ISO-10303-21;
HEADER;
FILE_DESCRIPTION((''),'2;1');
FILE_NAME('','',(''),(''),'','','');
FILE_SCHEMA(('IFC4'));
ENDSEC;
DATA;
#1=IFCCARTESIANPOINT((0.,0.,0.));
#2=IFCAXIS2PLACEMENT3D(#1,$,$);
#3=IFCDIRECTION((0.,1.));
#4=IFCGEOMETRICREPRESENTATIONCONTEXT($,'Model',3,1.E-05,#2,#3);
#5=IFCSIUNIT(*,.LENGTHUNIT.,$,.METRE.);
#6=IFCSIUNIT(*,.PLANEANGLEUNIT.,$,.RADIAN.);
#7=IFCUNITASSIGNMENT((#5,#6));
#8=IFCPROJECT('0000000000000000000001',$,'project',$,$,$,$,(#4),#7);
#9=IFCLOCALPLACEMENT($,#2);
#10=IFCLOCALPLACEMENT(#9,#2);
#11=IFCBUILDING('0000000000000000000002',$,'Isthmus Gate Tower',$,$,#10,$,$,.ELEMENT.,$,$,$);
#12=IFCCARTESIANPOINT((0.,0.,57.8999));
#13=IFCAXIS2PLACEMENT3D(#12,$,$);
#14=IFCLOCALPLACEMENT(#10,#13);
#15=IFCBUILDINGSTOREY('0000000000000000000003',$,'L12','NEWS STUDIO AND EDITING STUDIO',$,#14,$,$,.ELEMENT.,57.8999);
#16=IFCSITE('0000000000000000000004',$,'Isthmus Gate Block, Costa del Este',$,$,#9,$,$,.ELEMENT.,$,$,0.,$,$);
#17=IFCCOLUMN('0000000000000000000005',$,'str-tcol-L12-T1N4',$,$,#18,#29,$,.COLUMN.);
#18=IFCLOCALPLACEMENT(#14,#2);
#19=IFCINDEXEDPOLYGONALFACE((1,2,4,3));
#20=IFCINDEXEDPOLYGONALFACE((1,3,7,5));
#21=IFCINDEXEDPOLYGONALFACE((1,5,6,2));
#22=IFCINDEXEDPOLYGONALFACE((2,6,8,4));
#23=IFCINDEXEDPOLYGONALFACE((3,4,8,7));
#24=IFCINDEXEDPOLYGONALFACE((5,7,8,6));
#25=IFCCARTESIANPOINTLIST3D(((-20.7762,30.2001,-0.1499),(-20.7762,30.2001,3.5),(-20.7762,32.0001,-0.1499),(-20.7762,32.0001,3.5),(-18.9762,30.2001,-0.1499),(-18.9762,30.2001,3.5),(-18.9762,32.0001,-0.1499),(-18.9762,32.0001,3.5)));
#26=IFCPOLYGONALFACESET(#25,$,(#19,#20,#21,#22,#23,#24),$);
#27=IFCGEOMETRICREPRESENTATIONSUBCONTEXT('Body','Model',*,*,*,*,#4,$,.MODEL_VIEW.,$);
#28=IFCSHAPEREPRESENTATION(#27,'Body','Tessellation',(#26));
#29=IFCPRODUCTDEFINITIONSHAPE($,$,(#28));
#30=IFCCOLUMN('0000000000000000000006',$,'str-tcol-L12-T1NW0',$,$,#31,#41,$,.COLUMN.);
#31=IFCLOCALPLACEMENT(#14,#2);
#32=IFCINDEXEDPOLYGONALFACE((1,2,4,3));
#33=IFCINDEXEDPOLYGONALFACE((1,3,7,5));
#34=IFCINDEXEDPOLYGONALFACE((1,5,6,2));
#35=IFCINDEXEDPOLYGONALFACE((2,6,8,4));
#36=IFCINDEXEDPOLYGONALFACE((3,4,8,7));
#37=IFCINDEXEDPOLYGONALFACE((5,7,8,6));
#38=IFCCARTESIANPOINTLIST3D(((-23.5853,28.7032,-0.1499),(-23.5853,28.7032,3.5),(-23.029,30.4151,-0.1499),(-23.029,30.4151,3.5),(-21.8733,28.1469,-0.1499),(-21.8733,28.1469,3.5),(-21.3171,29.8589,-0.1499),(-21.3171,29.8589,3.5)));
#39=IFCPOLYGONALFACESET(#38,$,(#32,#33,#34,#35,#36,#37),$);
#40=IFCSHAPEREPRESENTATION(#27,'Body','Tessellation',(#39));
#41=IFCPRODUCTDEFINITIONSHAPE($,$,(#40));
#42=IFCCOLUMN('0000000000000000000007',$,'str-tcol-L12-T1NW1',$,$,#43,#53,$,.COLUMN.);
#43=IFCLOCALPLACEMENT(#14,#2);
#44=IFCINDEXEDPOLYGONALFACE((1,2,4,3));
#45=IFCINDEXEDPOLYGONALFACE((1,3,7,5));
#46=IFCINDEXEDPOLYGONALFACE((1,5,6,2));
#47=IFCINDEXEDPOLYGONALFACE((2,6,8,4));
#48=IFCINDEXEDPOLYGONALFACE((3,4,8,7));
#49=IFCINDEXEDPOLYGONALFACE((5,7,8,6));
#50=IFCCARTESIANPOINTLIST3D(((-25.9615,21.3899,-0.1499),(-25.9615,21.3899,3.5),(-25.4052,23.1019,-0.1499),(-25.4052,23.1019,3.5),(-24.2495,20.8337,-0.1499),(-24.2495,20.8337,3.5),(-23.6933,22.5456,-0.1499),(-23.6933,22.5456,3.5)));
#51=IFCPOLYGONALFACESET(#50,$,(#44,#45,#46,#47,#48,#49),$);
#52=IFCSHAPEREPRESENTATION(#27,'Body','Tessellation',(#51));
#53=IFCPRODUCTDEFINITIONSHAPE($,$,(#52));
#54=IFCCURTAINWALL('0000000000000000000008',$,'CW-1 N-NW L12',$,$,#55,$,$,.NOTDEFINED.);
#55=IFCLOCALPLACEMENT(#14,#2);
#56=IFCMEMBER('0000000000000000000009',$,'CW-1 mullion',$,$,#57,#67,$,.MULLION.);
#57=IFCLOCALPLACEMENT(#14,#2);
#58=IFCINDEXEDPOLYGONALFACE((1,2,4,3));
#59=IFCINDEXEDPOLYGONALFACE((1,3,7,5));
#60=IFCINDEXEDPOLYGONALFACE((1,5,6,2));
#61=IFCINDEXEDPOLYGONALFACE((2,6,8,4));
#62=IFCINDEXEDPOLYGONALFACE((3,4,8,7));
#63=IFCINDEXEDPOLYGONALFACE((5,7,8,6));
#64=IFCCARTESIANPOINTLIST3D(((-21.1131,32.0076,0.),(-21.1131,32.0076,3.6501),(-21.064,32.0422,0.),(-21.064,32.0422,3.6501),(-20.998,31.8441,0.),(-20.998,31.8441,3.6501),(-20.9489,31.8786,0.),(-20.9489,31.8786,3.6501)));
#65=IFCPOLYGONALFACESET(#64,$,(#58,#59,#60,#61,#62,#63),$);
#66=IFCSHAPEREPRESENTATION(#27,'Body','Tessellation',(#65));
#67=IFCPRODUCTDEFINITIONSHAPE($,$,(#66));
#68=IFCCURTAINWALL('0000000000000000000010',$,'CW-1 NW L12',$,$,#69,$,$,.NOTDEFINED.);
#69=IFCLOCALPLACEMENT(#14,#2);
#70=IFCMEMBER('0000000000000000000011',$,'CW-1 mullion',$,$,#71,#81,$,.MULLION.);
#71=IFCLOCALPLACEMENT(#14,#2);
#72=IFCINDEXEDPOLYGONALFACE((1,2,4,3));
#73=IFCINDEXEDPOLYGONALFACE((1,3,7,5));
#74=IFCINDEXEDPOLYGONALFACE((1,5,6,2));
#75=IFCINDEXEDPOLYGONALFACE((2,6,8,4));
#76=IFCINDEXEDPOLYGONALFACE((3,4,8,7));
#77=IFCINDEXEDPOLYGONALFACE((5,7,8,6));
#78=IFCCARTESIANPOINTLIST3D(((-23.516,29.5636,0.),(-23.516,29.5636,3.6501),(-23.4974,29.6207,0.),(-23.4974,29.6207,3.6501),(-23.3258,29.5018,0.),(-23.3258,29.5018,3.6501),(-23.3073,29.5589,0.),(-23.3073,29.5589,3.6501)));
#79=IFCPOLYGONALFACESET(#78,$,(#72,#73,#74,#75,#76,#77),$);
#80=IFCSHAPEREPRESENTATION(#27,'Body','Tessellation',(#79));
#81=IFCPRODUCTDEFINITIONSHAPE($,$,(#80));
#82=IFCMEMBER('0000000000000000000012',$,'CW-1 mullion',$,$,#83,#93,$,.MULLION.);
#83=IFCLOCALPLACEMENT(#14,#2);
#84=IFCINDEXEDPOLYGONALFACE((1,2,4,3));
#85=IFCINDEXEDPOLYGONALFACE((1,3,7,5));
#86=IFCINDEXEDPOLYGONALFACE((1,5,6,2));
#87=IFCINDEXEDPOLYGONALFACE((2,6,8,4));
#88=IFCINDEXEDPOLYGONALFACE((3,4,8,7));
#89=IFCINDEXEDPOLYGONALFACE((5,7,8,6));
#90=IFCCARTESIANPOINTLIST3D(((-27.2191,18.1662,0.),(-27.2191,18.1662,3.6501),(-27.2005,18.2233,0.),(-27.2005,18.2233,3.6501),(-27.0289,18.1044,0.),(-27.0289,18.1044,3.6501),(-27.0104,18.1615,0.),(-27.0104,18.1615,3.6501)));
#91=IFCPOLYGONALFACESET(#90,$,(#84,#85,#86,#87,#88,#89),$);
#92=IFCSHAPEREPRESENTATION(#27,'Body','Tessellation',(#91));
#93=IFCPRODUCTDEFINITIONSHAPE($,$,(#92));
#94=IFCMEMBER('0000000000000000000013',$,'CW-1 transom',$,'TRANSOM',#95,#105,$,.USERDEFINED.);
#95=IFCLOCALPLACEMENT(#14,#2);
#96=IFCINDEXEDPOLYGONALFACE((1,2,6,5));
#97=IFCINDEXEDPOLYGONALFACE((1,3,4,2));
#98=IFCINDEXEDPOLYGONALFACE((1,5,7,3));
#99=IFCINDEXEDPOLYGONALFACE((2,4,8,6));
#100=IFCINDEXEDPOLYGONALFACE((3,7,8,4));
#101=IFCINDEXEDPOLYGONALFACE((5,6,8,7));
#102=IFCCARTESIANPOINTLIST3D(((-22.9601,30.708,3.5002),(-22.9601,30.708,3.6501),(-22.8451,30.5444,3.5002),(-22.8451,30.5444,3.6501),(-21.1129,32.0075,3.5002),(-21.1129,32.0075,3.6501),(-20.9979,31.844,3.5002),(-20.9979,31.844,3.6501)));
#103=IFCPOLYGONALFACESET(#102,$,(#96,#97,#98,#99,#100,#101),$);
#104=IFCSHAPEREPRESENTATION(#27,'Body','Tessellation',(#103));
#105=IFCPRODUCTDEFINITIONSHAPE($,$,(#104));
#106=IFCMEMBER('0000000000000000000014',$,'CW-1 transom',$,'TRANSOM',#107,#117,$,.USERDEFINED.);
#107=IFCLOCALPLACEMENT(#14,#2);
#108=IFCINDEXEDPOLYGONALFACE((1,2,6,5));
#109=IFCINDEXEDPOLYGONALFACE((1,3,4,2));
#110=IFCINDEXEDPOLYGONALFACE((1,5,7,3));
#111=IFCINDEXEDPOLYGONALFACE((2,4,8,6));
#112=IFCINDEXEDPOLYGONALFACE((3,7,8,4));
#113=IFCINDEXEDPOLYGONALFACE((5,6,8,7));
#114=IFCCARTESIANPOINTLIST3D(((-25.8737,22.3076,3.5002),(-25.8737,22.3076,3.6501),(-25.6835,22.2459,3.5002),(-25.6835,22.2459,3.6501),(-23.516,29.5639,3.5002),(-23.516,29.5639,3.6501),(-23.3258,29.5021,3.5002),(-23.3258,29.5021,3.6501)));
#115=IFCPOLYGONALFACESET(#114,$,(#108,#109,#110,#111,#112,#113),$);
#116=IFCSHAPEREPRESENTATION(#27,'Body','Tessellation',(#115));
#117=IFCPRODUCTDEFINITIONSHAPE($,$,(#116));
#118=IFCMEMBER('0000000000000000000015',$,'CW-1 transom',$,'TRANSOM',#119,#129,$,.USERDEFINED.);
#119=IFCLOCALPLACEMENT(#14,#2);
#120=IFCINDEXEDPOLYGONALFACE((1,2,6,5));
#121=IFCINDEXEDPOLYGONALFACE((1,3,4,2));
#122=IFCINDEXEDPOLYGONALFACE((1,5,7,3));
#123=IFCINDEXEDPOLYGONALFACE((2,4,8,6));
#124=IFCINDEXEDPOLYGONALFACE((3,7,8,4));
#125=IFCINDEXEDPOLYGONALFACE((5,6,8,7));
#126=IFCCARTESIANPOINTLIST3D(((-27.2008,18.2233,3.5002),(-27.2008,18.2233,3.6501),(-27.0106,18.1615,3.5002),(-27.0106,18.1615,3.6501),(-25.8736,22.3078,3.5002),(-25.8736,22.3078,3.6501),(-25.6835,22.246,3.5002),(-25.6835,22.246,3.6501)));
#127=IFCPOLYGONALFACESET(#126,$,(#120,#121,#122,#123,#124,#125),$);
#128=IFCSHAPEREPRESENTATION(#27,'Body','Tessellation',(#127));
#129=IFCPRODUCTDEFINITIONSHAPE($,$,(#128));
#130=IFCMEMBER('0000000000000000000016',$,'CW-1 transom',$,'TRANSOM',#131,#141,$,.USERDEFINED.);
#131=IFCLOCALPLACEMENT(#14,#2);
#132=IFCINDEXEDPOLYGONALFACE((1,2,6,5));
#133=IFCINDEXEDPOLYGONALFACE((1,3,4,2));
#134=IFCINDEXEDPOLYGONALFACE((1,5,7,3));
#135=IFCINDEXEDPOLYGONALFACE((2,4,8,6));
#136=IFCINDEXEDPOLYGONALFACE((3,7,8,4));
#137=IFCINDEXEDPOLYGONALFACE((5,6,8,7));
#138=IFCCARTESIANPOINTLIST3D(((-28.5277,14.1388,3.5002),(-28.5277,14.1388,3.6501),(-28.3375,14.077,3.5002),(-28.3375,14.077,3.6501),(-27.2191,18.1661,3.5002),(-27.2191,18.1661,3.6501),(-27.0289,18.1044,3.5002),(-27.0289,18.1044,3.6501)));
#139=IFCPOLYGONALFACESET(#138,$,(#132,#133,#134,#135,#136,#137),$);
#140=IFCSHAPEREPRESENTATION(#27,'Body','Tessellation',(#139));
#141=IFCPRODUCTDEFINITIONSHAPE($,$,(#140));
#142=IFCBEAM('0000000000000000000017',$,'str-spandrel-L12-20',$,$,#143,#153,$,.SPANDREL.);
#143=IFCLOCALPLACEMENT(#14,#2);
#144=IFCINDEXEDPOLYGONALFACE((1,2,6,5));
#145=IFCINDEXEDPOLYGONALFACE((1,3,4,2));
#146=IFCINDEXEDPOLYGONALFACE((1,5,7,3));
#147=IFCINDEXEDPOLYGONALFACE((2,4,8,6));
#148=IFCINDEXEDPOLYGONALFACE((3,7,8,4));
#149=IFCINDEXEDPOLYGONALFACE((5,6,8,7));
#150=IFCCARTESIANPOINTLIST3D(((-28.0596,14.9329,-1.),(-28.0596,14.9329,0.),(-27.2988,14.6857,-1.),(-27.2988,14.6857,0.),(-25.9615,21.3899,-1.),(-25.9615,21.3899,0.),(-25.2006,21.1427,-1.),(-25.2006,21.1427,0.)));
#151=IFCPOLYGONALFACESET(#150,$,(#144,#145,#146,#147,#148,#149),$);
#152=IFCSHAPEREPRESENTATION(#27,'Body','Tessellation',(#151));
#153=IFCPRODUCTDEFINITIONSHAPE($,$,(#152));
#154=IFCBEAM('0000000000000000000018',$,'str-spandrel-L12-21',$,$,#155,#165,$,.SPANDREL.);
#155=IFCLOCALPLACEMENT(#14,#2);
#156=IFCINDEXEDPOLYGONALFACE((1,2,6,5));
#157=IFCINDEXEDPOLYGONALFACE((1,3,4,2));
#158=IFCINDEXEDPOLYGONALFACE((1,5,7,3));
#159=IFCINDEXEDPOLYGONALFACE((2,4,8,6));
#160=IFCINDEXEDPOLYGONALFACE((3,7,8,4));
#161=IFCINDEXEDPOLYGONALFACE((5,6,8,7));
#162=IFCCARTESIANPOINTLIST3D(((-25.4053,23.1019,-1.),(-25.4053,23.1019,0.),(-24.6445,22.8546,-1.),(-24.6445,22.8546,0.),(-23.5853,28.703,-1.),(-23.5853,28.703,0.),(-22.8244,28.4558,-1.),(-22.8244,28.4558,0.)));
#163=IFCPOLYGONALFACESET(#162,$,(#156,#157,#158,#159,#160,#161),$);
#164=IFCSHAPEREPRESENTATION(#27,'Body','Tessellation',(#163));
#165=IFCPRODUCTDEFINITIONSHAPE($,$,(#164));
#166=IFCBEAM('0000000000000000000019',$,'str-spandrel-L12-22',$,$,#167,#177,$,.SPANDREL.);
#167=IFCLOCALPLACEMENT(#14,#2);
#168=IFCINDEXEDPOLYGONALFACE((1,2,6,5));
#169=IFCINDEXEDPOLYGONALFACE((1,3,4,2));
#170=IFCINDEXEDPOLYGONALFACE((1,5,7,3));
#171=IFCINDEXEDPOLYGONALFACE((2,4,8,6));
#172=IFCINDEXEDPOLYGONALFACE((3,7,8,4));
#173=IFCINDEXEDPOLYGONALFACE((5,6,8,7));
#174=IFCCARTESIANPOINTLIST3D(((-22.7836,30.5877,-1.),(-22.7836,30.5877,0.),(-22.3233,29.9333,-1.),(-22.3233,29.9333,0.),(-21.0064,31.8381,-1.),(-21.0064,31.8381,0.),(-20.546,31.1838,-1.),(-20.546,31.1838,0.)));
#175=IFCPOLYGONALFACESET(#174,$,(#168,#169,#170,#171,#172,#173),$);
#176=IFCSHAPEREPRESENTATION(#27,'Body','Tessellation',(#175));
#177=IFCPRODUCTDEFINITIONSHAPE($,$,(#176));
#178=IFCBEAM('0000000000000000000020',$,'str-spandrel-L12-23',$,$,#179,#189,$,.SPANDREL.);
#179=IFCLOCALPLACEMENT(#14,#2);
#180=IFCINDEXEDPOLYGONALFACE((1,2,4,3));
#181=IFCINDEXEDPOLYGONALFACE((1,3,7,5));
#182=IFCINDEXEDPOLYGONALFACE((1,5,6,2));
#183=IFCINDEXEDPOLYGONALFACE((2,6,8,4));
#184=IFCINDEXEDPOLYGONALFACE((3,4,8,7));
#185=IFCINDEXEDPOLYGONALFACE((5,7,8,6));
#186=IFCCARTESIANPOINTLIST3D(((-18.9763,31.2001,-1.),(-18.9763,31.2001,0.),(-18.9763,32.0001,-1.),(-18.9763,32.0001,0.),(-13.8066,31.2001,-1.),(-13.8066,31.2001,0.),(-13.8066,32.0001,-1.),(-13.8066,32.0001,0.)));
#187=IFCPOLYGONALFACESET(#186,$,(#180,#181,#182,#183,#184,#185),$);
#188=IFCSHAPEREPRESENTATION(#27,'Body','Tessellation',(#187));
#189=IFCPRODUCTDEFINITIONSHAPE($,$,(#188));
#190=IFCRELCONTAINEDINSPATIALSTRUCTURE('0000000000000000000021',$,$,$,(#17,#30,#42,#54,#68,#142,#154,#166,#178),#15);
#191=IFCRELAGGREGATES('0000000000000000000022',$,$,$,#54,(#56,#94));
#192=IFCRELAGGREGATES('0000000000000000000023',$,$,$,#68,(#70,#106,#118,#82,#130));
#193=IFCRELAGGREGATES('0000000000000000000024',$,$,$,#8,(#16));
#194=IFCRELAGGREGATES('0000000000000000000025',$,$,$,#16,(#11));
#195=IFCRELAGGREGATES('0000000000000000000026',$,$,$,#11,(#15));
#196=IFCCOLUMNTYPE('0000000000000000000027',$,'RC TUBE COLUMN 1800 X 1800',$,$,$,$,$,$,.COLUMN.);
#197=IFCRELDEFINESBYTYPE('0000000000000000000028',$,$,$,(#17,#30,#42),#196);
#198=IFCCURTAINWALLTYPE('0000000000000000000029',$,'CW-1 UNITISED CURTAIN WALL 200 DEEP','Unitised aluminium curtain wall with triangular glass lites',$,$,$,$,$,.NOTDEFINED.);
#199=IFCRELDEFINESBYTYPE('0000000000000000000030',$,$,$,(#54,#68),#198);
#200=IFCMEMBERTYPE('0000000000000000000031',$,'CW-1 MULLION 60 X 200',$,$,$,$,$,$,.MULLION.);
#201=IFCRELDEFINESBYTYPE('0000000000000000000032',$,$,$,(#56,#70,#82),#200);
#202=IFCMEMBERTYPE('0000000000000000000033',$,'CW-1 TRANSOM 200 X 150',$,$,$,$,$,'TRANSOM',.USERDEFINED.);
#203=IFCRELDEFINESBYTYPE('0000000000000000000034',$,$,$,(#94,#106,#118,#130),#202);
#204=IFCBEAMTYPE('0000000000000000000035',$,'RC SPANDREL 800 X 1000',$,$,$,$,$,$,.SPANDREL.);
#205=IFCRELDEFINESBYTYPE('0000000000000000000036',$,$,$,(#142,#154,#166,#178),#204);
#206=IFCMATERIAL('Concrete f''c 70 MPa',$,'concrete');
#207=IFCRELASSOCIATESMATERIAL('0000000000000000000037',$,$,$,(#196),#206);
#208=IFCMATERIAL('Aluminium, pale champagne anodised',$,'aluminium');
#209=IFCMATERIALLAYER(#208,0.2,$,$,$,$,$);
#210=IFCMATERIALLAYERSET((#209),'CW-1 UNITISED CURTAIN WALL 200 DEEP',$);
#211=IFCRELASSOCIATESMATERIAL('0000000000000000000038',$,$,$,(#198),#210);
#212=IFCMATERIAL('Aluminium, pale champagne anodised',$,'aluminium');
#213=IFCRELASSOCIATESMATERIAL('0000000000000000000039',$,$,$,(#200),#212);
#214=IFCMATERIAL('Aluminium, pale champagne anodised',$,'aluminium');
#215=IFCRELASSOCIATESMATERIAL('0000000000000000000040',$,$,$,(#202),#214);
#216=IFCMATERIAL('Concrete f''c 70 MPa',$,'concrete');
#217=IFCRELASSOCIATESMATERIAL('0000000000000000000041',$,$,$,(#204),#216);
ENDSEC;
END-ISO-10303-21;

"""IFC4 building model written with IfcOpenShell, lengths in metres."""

from ifc_helpers import new_model, si_unit, direction, frame, origin, origin_2d, place, context, subcontext, project, spatial, rectangle, extrude, material, layer, layer_set, material_profile, profile_set, type_object, element, aggregate, save


model = new_model("IFC4")

# Units and contexts
model_context = context("Model", 3, precision=1e-05, world=origin(), true_north=direction((0.0, 1.0)))
body_context = subcontext(model_context, "Body", "Model", "MODEL_VIEW")
ifc_project = project(units=[si_unit("LENGTHUNIT", "METRE"), si_unit("PLANEANGLEUNIT", "RADIAN")], contexts=[model_context])

# Site, building, storey
site_placement = place(None, origin())
site = spatial("IfcSite", under=ifc_project, at=site_placement, Name="Isthmus Gate Block, Costa del Este", CompositionType="ELEMENT", RefElevation=0.0)
building_placement = place(site_placement, origin())
building = spatial("IfcBuilding", under=site, at=building_placement, Name="Isthmus Gate Tower", CompositionType="ELEMENT")
storey_placement = place(building_placement, frame((0.0, 0.0, 57.8999)))
storey = spatial("IfcBuildingStorey", under=building, at=storey_placement, Name="L12", Description="NEWS STUDIO AND EDITING STUDIO", CompositionType="ELEMENT", Elevation=57.8999)

# Columns
ifc_material_1 = material(Name="Concrete f'c 70 MPa", Category="concrete")
ifc_material_profile_1 = material_profile(ifc_material_1, rectangle(XDim=1.8, YDim=1.8, at=origin_2d()), Name="RC 1800X1800")
ifc_profile_set_1 = profile_set([ifc_material_profile_1], Name="Concrete f'c 70 MPa")
column_type = type_object("IfcColumnType", Name="RC TUBE COLUMN 1800 X 1800", PredefinedType="COLUMN", material=ifc_profile_set_1)
for number, where, z_axis, x_axis, name in (
    (1, (-19.8762, 31.1001, -0.1499), (0.0, 0.0, 1.0), (-1.0, 0.0, 0.0), "str-tcol-L12-T1N4"),
    (2, (-22.4512, 29.281, -0.1499), (0.0, 0.0, 1.0), (-0.309017, -0.951057, 0.0), "str-tcol-L12-T1NW0"),
    (3, (-24.8274, 21.9678, -0.1499), (0.0, 0.0, 1.0), (-0.309017, -0.951057, 0.0), "str-tcol-L12-T1NW1"),
):
    element("IfcColumn", number, at=place(storey_placement, frame(where, z_axis=z_axis, x_axis=x_axis)), inside=storey, type_object=column_type, Name=name, PredefinedType="COLUMN", context=body_context, shape_type="SweptSolid", body=[
        extrude(rectangle(XDim=1.8, YDim=1.8, at=origin_2d()), origin(), (0.0, 0.0, 1.0), 3.6499),
    ])

# Curtain wall, member
ifc_material_2 = material(Name="Aluminium, pale champagne anodised", Category="aluminium")
ifc_layer_1 = layer(ifc_material_2, 0.2)
ifc_layer_set_1 = layer_set([ifc_layer_1], Name="CW-1 UNITISED CURTAIN WALL 200 DEEP")
curtain_wall_type = type_object("IfcCurtainWallType", Name="CW-1 UNITISED CURTAIN WALL 200 DEEP", Description="Unitised aluminium curtain wall with triangular glass lites", PredefinedType="NOTDEFINED", material=ifc_layer_set_1)
curtain_wall_1_placement = place(storey_placement, origin())
curtain_wall_1 = element("IfcCurtainWall", 4, at=curtain_wall_1_placement, inside=storey, type_object=curtain_wall_type, Name="CW-1 N-NW L12", PredefinedType="NOTDEFINED")
ifc_material_3 = material(Name="Aluminium, pale champagne anodised", Category="aluminium")
ifc_material_profile_2 = material_profile(ifc_material_3, rectangle(XDim=0.0601, YDim=0.2, at=origin_2d()), Name="60x200")
ifc_profile_set_2 = profile_set([ifc_material_profile_2], Name="Aluminium, pale champagne anodised")
member_type_1 = type_object("IfcMemberType", Name="CW-1 MULLION 60 X 200", PredefinedType="MULLION", material=ifc_profile_set_2)
member_1_placement = place(storey_placement, frame((-21.031, 31.9431, 0.0), z_axis=(0.0, 0.0, 1.0), x_axis=(-0.81786, -0.575418, 0.0)))
member_1 = element("IfcMember", 5, at=member_1_placement, type_object=member_type_1, Name="CW-1 mullion", PredefinedType="MULLION", context=body_context, shape_type="SweptSolid", body=[
    extrude(rectangle(XDim=0.0601, YDim=0.2, at=origin_2d()), origin(), (0.0, 0.0, 1.0), 3.6501),
])

# Curtain wall, members
curtain_wall_2_placement = place(storey_placement, origin())
curtain_wall_2 = element("IfcCurtainWall", 6, at=curtain_wall_2_placement, inside=storey, type_object=curtain_wall_type, Name="CW-1 NW L12", PredefinedType="NOTDEFINED")
member_2_placement = place(storey_placement, frame((-23.4116, 29.5613, 0.0), z_axis=(0.0, 0.0, 1.0), x_axis=(-0.309017, -0.951057, 0.0)))
member_2 = element("IfcMember", 7, at=member_2_placement, type_object=member_type_1, Name="CW-1 mullion", PredefinedType="MULLION", context=body_context, shape_type="SweptSolid", body=[
    extrude(rectangle(XDim=0.0601, YDim=0.2, at=origin_2d()), origin(), (0.0, 0.0, 1.0), 3.6501),
])
member_3_placement = place(storey_placement, frame((-27.1147, 18.1638, 0.0), z_axis=(0.0, 0.0, 1.0), x_axis=(-0.309017, -0.951057, 0.0)))
member_3 = element("IfcMember", 8, at=member_3_placement, type_object=member_type_1, Name="CW-1 mullion", PredefinedType="MULLION", context=body_context, shape_type="SweptSolid", body=[
    extrude(rectangle(XDim=0.0601, YDim=0.2, at=origin_2d()), origin(), (0.0, 0.0, 1.0), 3.6501),
])

# Members
ifc_material_4 = material(Name="Aluminium, pale champagne anodised", Category="aluminium")
ifc_material_profile_3 = material_profile(ifc_material_4, rectangle(XDim=0.2, YDim=0.1499, at=origin_2d()), Name="200x150")
ifc_profile_set_3 = profile_set([ifc_material_profile_3], Name="Aluminium, pale champagne anodised")
member_type_2 = type_object("IfcMemberType", Name="CW-1 TRANSOM 200 X 150", ElementType="TRANSOM", PredefinedType="USERDEFINED", material=ifc_profile_set_3)
member_4_placement = place(storey_placement, frame((-21.0554, 31.9258, 3.5752), z_axis=(-0.817869, -0.575405, 0.0), x_axis=(0.575405, -0.817869, 0.0)))
member_4 = element("IfcMember", 9, at=member_4_placement, type_object=member_type_2, Name="CW-1 transom", ObjectType="TRANSOM", PredefinedType="USERDEFINED", context=body_context, shape_type="SweptSolid", body=[
    extrude(rectangle(XDim=0.2, YDim=0.1499, at=origin_2d()), origin(), (0.0, 0.0, 1.0), 2.2585),
])
member_5_placement = place(storey_placement, frame((-23.4209, 29.533, 3.5752), z_axis=(-0.309019, -0.951056, 0.0), x_axis=(0.951056, -0.309019, 0.0)))
member_5 = element("IfcMember", 10, at=member_5_placement, type_object=member_type_2, Name="CW-1 transom", ObjectType="TRANSOM", PredefinedType="USERDEFINED", context=body_context, shape_type="SweptSolid", body=[
    extrude(rectangle(XDim=0.2, YDim=0.1499, at=origin_2d()), origin(), (0.0, 0.0, 1.0), 7.6296),
])
member_6_placement = place(storey_placement, frame((-25.7786, 22.2769, 3.5752), z_axis=(-0.309022, -0.951055, 0.0), x_axis=(0.951055, -0.309022, 0.0)))
member_6 = element("IfcMember", 11, at=member_6_placement, type_object=member_type_2, Name="CW-1 transom", ObjectType="TRANSOM", PredefinedType="USERDEFINED", context=body_context, shape_type="SweptSolid", body=[
    extrude(rectangle(XDim=0.2, YDim=0.1499, at=origin_2d()), origin(), (0.0, 0.0, 1.0), 4.2947),
])
member_7_placement = place(storey_placement, frame((-27.124, 18.1353, 3.5752), z_axis=(-0.309023, -0.951054, 0.0), x_axis=(0.951054, -0.309023, 0.0)))
member_7 = element("IfcMember", 12, at=member_7_placement, type_object=member_type_2, Name="CW-1 transom", ObjectType="TRANSOM", PredefinedType="USERDEFINED", context=body_context, shape_type="SweptSolid", body=[
    extrude(rectangle(XDim=0.2, YDim=0.1499, at=origin_2d()), origin(), (0.0, 0.0, 1.0), 4.2346),
])

# Beams
ifc_material_5 = material(Name="Concrete f'c 70 MPa", Category="concrete")
ifc_material_profile_4 = material_profile(ifc_material_5, rectangle(XDim=0.8, YDim=1.0, at=origin_2d()), Name="RC 800X1000")
ifc_profile_set_4 = profile_set([ifc_material_profile_4], Name="Concrete f'c 70 MPa")
beam_type_1 = type_object("IfcBeamType", Name="RC SPANDREL 800 X 1000", PredefinedType="SPANDREL", material=ifc_profile_set_4)
beam_1_placement = place(storey_placement, frame((-27.6792, 14.8093, -0.5), z_axis=(0.309034, 0.951051, 0.0), x_axis=(-0.951051, 0.309034, 0.0)))
element("IfcBeam", 13, at=beam_1_placement, inside=storey, type_object=beam_type_1, Name="str-spandrel-L12-20", PredefinedType="SPANDREL", context=body_context, shape_type="SweptSolid", body=[
    extrude(rectangle(XDim=0.8, YDim=1.0, at=origin_2d()), origin(), (0.0, 0.0, 1.0), 6.7893),
])
beam_2_placement = place(storey_placement, frame((-25.0249, 22.9783, -0.5), z_axis=(0.309043, 0.951048, 0.0), x_axis=(-0.951048, 0.309043, 0.0)))
element("IfcBeam", 14, at=beam_2_placement, inside=storey, type_object=beam_type_1, Name="str-spandrel-L12-21", PredefinedType="SPANDREL", context=body_context, shape_type="SweptSolid", body=[
    extrude(rectangle(XDim=0.8, YDim=1.0, at=origin_2d()), origin(), (0.0, 0.0, 1.0), 5.8894),
])
beam_3_placement = place(storey_placement, frame((-22.5535, 30.2605, -0.5), z_axis=(0.817857, 0.575421, 0.0), x_axis=(-0.575421, 0.817857, 0.0)))
element("IfcBeam", 15, at=beam_3_placement, inside=storey, type_object=beam_type_1, Name="str-spandrel-L12-22", PredefinedType="SPANDREL", context=body_context, shape_type="SweptSolid", body=[
    extrude(rectangle(XDim=0.8, YDim=1.0, at=origin_2d()), origin(), (0.0, 0.0, 1.0), 2.1731),
])
beam_4_placement = place(storey_placement, frame((-18.9763, 31.6001, -0.5), z_axis=(1.0, 0.0, 0.0), x_axis=(0.0, 1.0, 0.0)))
element("IfcBeam", 16, at=beam_4_placement, inside=storey, type_object=beam_type_1, Name="str-spandrel-L12-23", PredefinedType="SPANDREL", context=body_context, shape_type="SweptSolid", body=[
    extrude(rectangle(XDim=0.8, YDim=1.0, at=origin_2d()), origin(), (0.0, 0.0, 1.0), 5.1697),
])

aggregate(curtain_wall_1, [member_1, member_4])

aggregate(curtain_wall_2, [member_2, member_5, member_6, member_3, member_7])

save(model, "model.ifc")
